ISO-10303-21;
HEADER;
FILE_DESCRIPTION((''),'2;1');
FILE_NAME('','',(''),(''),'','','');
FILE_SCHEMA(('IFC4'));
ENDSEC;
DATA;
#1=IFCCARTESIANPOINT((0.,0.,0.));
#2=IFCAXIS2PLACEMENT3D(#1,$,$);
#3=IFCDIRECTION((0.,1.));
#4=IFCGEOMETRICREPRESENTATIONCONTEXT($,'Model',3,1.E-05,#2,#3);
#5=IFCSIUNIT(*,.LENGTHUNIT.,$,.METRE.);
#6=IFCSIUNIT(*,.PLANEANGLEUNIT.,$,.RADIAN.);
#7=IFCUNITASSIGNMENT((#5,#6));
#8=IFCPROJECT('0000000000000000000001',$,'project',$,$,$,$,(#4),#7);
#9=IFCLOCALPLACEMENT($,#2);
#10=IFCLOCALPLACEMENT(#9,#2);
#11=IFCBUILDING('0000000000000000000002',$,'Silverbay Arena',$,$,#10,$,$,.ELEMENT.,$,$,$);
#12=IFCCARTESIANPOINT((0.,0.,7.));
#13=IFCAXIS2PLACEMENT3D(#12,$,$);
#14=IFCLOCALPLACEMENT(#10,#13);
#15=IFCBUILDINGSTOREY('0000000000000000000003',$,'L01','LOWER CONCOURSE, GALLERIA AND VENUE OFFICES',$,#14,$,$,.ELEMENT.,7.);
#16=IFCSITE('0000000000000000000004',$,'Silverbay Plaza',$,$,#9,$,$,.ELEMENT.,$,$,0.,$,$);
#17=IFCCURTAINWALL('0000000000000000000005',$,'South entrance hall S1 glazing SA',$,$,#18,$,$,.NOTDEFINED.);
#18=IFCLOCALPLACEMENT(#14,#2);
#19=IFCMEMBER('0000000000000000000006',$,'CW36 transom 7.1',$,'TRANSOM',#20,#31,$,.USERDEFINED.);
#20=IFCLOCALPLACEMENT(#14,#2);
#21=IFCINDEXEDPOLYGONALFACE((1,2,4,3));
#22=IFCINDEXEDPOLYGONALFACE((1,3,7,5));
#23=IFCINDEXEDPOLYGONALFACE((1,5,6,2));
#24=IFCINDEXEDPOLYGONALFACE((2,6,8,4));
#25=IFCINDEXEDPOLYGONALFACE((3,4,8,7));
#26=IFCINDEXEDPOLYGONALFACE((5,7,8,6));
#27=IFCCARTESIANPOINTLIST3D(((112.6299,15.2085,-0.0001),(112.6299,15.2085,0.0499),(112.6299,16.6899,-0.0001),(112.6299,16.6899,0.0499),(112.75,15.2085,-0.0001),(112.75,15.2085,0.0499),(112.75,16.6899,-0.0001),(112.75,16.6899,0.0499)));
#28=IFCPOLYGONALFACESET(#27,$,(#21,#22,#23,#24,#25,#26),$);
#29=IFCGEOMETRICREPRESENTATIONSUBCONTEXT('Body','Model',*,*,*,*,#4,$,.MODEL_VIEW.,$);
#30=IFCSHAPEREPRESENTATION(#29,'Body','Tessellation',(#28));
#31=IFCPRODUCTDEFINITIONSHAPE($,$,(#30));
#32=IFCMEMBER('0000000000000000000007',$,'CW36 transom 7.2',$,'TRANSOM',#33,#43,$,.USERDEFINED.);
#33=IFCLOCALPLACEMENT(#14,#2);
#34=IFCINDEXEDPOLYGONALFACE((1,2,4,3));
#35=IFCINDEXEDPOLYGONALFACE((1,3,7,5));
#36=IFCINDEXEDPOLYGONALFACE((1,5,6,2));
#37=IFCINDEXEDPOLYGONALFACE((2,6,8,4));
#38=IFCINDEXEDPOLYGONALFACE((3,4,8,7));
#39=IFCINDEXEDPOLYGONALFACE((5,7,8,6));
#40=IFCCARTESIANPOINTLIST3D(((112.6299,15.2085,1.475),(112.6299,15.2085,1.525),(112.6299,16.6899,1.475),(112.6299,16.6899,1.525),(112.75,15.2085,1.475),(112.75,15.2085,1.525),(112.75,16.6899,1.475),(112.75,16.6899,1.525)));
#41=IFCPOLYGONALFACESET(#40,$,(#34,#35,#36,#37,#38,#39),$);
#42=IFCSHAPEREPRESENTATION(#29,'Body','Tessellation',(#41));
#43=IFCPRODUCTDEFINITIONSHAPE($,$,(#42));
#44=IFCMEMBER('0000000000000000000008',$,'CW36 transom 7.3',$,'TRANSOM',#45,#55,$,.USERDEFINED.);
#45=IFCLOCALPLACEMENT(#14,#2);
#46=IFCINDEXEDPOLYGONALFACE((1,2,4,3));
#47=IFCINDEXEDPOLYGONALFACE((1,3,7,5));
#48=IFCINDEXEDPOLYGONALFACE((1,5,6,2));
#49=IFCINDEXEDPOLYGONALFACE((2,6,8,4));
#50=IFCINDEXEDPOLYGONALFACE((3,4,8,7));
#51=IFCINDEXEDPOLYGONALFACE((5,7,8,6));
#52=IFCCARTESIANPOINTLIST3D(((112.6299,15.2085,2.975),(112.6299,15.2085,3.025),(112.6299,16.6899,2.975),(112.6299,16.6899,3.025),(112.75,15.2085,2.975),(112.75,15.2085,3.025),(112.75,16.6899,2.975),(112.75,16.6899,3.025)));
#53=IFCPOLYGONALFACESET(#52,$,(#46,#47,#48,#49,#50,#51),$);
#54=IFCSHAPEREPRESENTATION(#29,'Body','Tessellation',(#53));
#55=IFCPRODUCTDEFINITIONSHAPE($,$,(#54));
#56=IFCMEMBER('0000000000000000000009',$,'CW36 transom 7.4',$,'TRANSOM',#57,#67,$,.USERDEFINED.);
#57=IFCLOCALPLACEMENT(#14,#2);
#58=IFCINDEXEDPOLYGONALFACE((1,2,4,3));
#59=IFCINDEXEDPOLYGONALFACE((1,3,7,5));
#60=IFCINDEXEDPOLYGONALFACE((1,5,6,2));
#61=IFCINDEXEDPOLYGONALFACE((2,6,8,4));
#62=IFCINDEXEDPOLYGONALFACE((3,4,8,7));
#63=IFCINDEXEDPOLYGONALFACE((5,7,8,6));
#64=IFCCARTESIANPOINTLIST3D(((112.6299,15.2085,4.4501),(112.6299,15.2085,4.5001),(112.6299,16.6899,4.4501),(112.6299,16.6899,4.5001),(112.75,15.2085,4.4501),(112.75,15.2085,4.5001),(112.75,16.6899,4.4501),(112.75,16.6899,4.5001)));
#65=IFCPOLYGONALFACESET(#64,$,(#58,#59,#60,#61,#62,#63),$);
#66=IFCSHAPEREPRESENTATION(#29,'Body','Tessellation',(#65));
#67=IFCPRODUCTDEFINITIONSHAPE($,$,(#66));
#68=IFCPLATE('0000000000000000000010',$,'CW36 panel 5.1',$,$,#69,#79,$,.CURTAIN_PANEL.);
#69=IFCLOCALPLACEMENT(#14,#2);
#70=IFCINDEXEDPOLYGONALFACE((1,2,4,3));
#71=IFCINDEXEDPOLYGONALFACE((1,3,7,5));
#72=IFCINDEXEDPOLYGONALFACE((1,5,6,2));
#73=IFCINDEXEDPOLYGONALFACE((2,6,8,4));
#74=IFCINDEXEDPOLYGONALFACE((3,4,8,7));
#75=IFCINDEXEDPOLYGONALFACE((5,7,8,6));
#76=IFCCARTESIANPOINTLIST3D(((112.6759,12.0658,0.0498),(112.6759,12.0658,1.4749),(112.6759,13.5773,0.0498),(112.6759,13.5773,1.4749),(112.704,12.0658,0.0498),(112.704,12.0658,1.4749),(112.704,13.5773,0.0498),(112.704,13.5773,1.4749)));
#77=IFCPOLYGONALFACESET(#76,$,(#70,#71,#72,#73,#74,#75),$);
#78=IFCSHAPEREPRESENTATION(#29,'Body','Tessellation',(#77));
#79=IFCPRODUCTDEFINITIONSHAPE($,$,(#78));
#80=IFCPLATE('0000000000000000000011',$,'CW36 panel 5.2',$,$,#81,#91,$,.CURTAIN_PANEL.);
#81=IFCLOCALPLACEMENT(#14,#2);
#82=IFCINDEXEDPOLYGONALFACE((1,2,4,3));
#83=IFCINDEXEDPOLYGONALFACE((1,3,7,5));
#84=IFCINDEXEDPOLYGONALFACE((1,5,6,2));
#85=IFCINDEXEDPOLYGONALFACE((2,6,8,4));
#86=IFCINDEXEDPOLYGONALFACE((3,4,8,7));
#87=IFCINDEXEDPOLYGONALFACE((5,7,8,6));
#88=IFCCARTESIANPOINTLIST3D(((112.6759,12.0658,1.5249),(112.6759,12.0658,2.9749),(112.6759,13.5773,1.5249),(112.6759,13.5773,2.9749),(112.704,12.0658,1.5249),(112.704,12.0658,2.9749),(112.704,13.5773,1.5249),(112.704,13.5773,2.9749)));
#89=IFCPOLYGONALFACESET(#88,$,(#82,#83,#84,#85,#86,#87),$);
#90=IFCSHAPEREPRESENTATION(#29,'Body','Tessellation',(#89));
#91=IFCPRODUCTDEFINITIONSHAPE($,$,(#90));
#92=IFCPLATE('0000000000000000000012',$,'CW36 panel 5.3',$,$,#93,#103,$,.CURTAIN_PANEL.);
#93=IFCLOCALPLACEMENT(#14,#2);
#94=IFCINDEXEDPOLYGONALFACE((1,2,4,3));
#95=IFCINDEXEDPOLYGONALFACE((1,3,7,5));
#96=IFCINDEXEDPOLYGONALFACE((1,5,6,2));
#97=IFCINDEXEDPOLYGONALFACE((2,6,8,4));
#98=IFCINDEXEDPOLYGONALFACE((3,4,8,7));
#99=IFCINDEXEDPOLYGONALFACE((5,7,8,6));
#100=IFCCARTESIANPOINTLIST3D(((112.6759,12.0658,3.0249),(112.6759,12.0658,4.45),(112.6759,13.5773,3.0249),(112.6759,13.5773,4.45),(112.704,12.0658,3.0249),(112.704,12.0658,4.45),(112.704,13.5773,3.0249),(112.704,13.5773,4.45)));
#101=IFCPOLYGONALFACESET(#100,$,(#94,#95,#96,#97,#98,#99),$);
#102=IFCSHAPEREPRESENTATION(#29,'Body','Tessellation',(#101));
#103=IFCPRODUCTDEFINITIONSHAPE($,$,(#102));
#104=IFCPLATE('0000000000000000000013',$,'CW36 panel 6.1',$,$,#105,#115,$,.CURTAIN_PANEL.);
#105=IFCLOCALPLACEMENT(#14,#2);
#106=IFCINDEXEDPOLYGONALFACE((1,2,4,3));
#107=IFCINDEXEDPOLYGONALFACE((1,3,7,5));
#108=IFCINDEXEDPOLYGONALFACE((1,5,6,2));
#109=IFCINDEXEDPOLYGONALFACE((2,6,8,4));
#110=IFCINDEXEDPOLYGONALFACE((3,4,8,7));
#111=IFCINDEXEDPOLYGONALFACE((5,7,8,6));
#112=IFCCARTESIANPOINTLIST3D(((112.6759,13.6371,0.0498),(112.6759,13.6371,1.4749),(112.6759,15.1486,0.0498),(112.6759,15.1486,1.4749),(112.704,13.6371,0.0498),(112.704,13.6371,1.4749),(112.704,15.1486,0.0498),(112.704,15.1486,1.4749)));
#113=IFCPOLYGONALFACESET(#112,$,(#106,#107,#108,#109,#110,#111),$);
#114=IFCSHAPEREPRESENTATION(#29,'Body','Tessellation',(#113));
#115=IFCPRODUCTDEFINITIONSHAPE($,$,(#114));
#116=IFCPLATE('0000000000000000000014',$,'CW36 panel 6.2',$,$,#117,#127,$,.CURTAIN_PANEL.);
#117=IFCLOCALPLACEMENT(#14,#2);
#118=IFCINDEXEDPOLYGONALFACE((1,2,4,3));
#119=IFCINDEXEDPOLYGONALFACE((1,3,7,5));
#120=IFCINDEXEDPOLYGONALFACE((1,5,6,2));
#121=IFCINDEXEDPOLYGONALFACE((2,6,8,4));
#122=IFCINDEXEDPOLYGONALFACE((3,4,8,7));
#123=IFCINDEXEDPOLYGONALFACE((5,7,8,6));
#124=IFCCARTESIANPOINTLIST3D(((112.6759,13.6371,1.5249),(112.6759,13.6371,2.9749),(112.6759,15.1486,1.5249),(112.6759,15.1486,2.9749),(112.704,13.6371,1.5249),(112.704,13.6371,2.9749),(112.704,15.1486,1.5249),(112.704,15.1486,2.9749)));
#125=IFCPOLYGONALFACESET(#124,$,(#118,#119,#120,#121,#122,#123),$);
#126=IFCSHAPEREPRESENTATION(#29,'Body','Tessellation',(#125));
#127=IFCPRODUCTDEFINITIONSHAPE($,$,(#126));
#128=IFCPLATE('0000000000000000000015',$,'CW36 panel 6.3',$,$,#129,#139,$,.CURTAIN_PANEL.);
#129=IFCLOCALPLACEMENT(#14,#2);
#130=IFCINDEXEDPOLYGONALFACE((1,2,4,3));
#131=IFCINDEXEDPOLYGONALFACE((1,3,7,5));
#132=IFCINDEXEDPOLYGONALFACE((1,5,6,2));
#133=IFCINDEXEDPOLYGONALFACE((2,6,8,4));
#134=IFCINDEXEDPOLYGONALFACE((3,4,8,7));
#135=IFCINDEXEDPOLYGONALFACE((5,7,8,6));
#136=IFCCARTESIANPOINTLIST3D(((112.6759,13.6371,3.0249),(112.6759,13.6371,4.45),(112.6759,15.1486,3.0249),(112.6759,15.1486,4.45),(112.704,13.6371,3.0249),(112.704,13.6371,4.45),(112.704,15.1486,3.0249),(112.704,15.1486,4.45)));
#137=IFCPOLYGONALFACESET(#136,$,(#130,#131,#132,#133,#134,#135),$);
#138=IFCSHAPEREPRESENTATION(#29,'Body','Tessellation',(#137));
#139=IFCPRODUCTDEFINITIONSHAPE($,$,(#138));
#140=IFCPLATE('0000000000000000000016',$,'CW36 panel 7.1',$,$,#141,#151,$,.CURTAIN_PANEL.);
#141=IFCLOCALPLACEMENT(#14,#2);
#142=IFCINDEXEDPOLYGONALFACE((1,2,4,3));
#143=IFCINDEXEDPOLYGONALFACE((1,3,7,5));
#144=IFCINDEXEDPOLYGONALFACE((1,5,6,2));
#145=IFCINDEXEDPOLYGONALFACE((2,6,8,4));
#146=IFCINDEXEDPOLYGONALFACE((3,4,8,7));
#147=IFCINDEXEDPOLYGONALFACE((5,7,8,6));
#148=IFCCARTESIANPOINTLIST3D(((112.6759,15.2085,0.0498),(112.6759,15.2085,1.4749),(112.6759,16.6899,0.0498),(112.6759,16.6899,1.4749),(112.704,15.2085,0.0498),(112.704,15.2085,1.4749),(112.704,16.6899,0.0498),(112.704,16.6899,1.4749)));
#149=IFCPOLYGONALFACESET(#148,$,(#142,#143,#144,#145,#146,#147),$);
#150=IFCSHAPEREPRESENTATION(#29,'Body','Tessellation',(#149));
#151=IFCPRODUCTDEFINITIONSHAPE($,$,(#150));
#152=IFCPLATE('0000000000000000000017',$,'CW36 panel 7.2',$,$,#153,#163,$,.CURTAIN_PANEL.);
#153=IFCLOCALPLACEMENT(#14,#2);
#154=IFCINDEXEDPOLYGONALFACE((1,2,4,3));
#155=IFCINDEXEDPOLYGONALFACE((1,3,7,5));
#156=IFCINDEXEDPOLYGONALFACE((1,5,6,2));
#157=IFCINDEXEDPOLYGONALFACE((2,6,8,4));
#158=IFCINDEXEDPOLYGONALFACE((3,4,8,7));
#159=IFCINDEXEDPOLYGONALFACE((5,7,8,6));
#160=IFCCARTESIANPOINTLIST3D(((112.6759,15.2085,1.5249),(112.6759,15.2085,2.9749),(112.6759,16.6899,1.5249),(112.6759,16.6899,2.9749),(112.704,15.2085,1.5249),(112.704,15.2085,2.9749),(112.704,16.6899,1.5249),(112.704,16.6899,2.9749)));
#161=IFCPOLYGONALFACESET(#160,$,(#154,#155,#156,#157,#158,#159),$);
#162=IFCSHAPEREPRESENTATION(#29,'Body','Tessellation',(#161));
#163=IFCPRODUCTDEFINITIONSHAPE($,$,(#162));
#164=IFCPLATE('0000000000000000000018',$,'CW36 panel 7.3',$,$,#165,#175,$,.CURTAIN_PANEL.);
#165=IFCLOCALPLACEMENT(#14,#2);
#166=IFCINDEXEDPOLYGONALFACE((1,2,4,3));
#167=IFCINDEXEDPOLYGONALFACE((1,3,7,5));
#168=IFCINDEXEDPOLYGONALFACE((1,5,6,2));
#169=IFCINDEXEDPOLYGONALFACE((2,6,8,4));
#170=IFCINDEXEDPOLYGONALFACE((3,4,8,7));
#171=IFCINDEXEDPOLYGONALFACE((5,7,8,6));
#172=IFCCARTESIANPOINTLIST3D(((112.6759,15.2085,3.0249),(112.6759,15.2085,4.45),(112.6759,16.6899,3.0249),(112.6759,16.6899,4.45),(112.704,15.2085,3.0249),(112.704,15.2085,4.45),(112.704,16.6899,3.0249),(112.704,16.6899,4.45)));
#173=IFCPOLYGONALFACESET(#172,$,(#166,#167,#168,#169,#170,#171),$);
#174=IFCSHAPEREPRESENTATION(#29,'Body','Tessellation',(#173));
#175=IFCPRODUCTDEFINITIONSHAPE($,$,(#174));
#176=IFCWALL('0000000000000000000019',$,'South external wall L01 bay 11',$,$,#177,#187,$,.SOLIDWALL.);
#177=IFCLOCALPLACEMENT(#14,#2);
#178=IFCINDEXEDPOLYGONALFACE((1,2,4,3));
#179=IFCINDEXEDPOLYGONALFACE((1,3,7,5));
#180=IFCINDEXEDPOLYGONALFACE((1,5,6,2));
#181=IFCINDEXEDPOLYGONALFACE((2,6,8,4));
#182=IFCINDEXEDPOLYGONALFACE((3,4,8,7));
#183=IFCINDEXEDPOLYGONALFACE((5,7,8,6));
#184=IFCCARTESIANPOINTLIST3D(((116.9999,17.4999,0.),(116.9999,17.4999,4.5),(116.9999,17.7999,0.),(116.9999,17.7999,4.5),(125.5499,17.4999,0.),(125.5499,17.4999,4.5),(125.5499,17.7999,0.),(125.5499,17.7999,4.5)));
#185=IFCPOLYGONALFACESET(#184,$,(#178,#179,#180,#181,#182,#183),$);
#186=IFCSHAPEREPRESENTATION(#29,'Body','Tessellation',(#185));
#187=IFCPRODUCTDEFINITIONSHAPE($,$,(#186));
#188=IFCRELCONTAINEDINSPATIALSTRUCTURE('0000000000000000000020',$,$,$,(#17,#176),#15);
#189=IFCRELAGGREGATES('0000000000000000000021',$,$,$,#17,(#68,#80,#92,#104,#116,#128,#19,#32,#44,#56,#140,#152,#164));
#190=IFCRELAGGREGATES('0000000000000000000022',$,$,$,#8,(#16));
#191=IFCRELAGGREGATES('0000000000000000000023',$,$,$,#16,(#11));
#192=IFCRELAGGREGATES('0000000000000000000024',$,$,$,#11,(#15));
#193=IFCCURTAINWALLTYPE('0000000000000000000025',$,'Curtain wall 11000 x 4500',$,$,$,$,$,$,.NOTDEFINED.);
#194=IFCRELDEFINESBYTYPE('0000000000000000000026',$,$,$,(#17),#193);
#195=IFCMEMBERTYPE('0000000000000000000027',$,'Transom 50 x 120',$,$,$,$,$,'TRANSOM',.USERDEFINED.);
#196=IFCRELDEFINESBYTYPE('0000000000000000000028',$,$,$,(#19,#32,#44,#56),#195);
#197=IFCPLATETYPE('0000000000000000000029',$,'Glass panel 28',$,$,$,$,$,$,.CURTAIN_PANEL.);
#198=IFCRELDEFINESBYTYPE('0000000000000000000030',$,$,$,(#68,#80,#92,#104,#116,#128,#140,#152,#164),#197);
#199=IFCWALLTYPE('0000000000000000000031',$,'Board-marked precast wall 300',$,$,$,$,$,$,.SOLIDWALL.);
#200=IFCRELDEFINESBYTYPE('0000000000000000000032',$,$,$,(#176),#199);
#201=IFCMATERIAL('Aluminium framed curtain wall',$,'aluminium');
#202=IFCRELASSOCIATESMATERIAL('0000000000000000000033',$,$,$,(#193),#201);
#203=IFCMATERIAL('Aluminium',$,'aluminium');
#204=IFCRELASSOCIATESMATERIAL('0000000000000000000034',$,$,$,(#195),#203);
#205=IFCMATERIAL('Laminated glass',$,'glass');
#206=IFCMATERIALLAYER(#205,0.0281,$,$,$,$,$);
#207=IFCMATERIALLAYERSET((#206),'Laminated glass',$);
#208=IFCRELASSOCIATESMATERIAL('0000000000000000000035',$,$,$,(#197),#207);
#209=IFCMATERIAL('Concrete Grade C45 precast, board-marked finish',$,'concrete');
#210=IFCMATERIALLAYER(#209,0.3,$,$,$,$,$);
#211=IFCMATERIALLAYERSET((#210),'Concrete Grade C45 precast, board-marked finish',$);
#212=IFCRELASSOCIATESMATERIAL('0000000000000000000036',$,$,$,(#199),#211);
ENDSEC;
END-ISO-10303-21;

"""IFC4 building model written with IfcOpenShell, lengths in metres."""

from ifc_helpers import new_model, si_unit, direction, frame, frame_2d, origin, origin_2d, place, context, subcontext, project, spatial, rectangle, extrude, material, layer, layer_set, material_profile, profile_set, type_object, element, aggregate, save


model = new_model("IFC4")

# Units and contexts
model_context = context("Model", 3, precision=1e-05, world=origin(), true_north=direction((0.0, 1.0)))
body_context = subcontext(model_context, "Body", "Model", "MODEL_VIEW")
ifc_project = project(units=[si_unit("LENGTHUNIT", "METRE"), si_unit("PLANEANGLEUNIT", "RADIAN")], contexts=[model_context])

# Site, building, storey
site_placement = place(None, origin())
site = spatial("IfcSite", under=ifc_project, at=site_placement, Name="Silverbay Plaza", CompositionType="ELEMENT", RefElevation=0.0)
building_placement = place(site_placement, origin())
building = spatial("IfcBuilding", under=site, at=building_placement, Name="Silverbay Arena", CompositionType="ELEMENT")
storey_placement = place(building_placement, frame((0.0, 0.0, 7.0)))
storey = spatial("IfcBuildingStorey", under=building, at=storey_placement, Name="L01", Description="LOWER CONCOURSE, GALLERIA AND VENUE OFFICES", CompositionType="ELEMENT", Elevation=7.0)

# Curtain wall
ifc_material_1 = material(Name="Aluminium framed curtain wall", Category="aluminium")
curtain_wall_type = type_object("IfcCurtainWallType", Name="Curtain wall 11000 x 4500", PredefinedType="NOTDEFINED", material=ifc_material_1)
curtain_wall_placement = place(storey_placement, origin())
curtain_wall = element("IfcCurtainWall", 1, at=curtain_wall_placement, inside=storey, type_object=curtain_wall_type, Name="South entrance hall S1 glazing SA", PredefinedType="NOTDEFINED")

# Members
ifc_material_2 = material(Name="Aluminium", Category="aluminium")
ifc_material_profile_1 = material_profile(ifc_material_2, rectangle(XDim=0.1201, YDim=0.05, at=origin_2d()), Name="Transom 50 x 120")
ifc_profile_set_1 = profile_set([ifc_material_profile_1], Name="Aluminium")
member_type_1 = type_object("IfcMemberType", Name="Transom 50 x 120", ElementType="TRANSOM", PredefinedType="USERDEFINED", material=ifc_profile_set_1)
member_1_placement = place(storey_placement, frame((112.6899, 15.2085, 0.0249), z_axis=(0.0, 1.0, 0.0), x_axis=(-1.0, 0.0, 0.0)))
member_1 = element("IfcMember", 2, at=member_1_placement, type_object=member_type_1, Name="CW36 transom 7.1", ObjectType="TRANSOM", PredefinedType="USERDEFINED", context=body_context, shape_type="SweptSolid", body=[
    extrude(rectangle(XDim=0.1201, YDim=0.05, at=origin_2d()), origin(), (0.0, 0.0, 1.0), 1.4814),
])
member_2_placement = place(storey_placement, frame((112.6899, 15.2085, 1.5), z_axis=(0.0, 1.0, 0.0), x_axis=(-1.0, 0.0, 0.0)))
member_2 = element("IfcMember", 3, at=member_2_placement, type_object=member_type_1, Name="CW36 transom 7.2", ObjectType="TRANSOM", PredefinedType="USERDEFINED", context=body_context, shape_type="SweptSolid", body=[
    extrude(rectangle(XDim=0.1201, YDim=0.05, at=origin_2d()), origin(), (0.0, 0.0, 1.0), 1.4814),
])
member_3_placement = place(storey_placement, frame((112.6899, 15.2085, 3.0), z_axis=(0.0, 1.0, 0.0), x_axis=(-1.0, 0.0, 0.0)))
member_3 = element("IfcMember", 4, at=member_3_placement, type_object=member_type_1, Name="CW36 transom 7.3", ObjectType="TRANSOM", PredefinedType="USERDEFINED", context=body_context, shape_type="SweptSolid", body=[
    extrude(rectangle(XDim=0.1201, YDim=0.05, at=origin_2d()), origin(), (0.0, 0.0, 1.0), 1.4814),
])
member_4_placement = place(storey_placement, frame((112.6899, 15.2085, 4.4751), z_axis=(0.0, 1.0, 0.0), x_axis=(-1.0, 0.0, 0.0)))
member_4 = element("IfcMember", 5, at=member_4_placement, type_object=member_type_1, Name="CW36 transom 7.4", ObjectType="TRANSOM", PredefinedType="USERDEFINED", context=body_context, shape_type="SweptSolid", body=[
    extrude(rectangle(XDim=0.1201, YDim=0.05, at=origin_2d()), origin(), (0.0, 0.0, 1.0), 1.4814),
])

# Plates
ifc_material_3 = material(Name="Laminated glass", Category="glass")
ifc_layer_1 = layer(ifc_material_3, 0.0281)
ifc_layer_set_1 = layer_set([ifc_layer_1], Name="Laminated glass")
plate_type = type_object("IfcPlateType", Name="Glass panel 28", PredefinedType="CURTAIN_PANEL", material=ifc_layer_set_1)
plate_1_placement = place(storey_placement, frame((112.6899, 12.8215, 0.0498), z_axis=(0.0, 0.0, 1.0), x_axis=(0.0, 1.0, 0.0)))
plate_1 = element("IfcPlate", 6, at=plate_1_placement, type_object=plate_type, Name="CW36 panel 5.1", PredefinedType="CURTAIN_PANEL", context=body_context, shape_type="SweptSolid", body=[
    extrude(rectangle(XDim=1.5115, YDim=0.0281, at=origin_2d()), origin(), (0.0, 0.0, 1.0), 1.425),
])
plate_2_placement = place(storey_placement, frame((112.6899, 12.8215, 1.5249), z_axis=(0.0, 0.0, 1.0), x_axis=(0.0, 1.0, 0.0)))
plate_2 = element("IfcPlate", 7, at=plate_2_placement, type_object=plate_type, Name="CW36 panel 5.2", PredefinedType="CURTAIN_PANEL", context=body_context, shape_type="SweptSolid", body=[
    extrude(rectangle(XDim=1.5115, YDim=0.0281, at=origin_2d()), origin(), (0.0, 0.0, 1.0), 1.45),
])
plate_3_placement = place(storey_placement, frame((112.6899, 12.8215, 3.0249), z_axis=(0.0, 0.0, 1.0), x_axis=(0.0, 1.0, 0.0)))
plate_3 = element("IfcPlate", 8, at=plate_3_placement, type_object=plate_type, Name="CW36 panel 5.3", PredefinedType="CURTAIN_PANEL", context=body_context, shape_type="SweptSolid", body=[
    extrude(rectangle(XDim=1.5115, YDim=0.0281, at=origin_2d()), origin(), (0.0, 0.0, 1.0), 1.425),
])
plate_4_placement = place(storey_placement, frame((112.6899, 14.3928, 0.0498), z_axis=(0.0, 0.0, 1.0), x_axis=(0.0, 1.0, 0.0)))
plate_4 = element("IfcPlate", 9, at=plate_4_placement, type_object=plate_type, Name="CW36 panel 6.1", PredefinedType="CURTAIN_PANEL", context=body_context, shape_type="SweptSolid", body=[
    extrude(rectangle(XDim=1.5115, YDim=0.0281, at=origin_2d()), origin(), (0.0, 0.0, 1.0), 1.425),
])
plate_5_placement = place(storey_placement, frame((112.6899, 14.3928, 1.5249), z_axis=(0.0, 0.0, 1.0), x_axis=(0.0, 1.0, 0.0)))
plate_5 = element("IfcPlate", 10, at=plate_5_placement, type_object=plate_type, Name="CW36 panel 6.2", PredefinedType="CURTAIN_PANEL", context=body_context, shape_type="SweptSolid", body=[
    extrude(rectangle(XDim=1.5115, YDim=0.0281, at=origin_2d()), origin(), (0.0, 0.0, 1.0), 1.45),
])
plate_6_placement = place(storey_placement, frame((112.6899, 14.3928, 3.0249), z_axis=(0.0, 0.0, 1.0), x_axis=(0.0, 1.0, 0.0)))
plate_6 = element("IfcPlate", 11, at=plate_6_placement, type_object=plate_type, Name="CW36 panel 6.3", PredefinedType="CURTAIN_PANEL", context=body_context, shape_type="SweptSolid", body=[
    extrude(rectangle(XDim=1.5115, YDim=0.0281, at=origin_2d()), origin(), (0.0, 0.0, 1.0), 1.425),
])
plate_7_placement = place(storey_placement, frame((112.6899, 15.9492, 0.0498), z_axis=(0.0, 0.0, 1.0), x_axis=(0.0, 1.0, 0.0)))
plate_7 = element("IfcPlate", 12, at=plate_7_placement, type_object=plate_type, Name="CW36 panel 7.1", PredefinedType="CURTAIN_PANEL", context=body_context, shape_type="SweptSolid", body=[
    extrude(rectangle(XDim=1.4814, YDim=0.0281, at=origin_2d()), origin(), (0.0, 0.0, 1.0), 1.425),
])
plate_8_placement = place(storey_placement, frame((112.6899, 15.9492, 1.5249), z_axis=(0.0, 0.0, 1.0), x_axis=(0.0, 1.0, 0.0)))
plate_8 = element("IfcPlate", 13, at=plate_8_placement, type_object=plate_type, Name="CW36 panel 7.2", PredefinedType="CURTAIN_PANEL", context=body_context, shape_type="SweptSolid", body=[
    extrude(rectangle(XDim=1.4814, YDim=0.0281, at=origin_2d()), origin(), (0.0, 0.0, 1.0), 1.45),
])
plate_9_placement = place(storey_placement, frame((112.6899, 15.9492, 3.0249), z_axis=(0.0, 0.0, 1.0), x_axis=(0.0, 1.0, 0.0)))
plate_9 = element("IfcPlate", 14, at=plate_9_placement, type_object=plate_type, Name="CW36 panel 7.3", PredefinedType="CURTAIN_PANEL", context=body_context, shape_type="SweptSolid", body=[
    extrude(rectangle(XDim=1.4814, YDim=0.0281, at=origin_2d()), origin(), (0.0, 0.0, 1.0), 1.425),
])
aggregate(curtain_wall, [plate_1, plate_2, plate_3, plate_4, plate_5, plate_6, member_1, member_2, member_3, member_4, plate_7, plate_8, plate_9])

# Wall
ifc_material_4 = material(Name="Concrete Grade C45 precast, board-marked finish", Category="concrete")
ifc_layer_2 = layer(ifc_material_4, 0.3)
ifc_layer_set_2 = layer_set([ifc_layer_2], Name="Concrete Grade C45 precast, board-marked finish")
wall_type_1 = type_object("IfcWallType", Name="Board-marked precast wall 300", PredefinedType="SOLIDWALL", material=ifc_layer_set_2)
wall_1_placement = place(storey_placement, frame((117.0, 17.6499, 0.0), z_axis=(0.0, 0.0, 1.0), x_axis=(1.0, 0.0, 0.0)))
element("IfcWall", 15, at=wall_1_placement, inside=storey, type_object=wall_type_1, Name="South external wall L01 bay 11", PredefinedType="SOLIDWALL", context=body_context, shape_type="SweptSolid", body=[
    extrude(rectangle(XDim=8.55, YDim=0.3, at=frame_2d((4.2749, 0.0))), origin(), (0.0, 0.0, 1.0), 4.5),
])

save(model, "model.ifc")
